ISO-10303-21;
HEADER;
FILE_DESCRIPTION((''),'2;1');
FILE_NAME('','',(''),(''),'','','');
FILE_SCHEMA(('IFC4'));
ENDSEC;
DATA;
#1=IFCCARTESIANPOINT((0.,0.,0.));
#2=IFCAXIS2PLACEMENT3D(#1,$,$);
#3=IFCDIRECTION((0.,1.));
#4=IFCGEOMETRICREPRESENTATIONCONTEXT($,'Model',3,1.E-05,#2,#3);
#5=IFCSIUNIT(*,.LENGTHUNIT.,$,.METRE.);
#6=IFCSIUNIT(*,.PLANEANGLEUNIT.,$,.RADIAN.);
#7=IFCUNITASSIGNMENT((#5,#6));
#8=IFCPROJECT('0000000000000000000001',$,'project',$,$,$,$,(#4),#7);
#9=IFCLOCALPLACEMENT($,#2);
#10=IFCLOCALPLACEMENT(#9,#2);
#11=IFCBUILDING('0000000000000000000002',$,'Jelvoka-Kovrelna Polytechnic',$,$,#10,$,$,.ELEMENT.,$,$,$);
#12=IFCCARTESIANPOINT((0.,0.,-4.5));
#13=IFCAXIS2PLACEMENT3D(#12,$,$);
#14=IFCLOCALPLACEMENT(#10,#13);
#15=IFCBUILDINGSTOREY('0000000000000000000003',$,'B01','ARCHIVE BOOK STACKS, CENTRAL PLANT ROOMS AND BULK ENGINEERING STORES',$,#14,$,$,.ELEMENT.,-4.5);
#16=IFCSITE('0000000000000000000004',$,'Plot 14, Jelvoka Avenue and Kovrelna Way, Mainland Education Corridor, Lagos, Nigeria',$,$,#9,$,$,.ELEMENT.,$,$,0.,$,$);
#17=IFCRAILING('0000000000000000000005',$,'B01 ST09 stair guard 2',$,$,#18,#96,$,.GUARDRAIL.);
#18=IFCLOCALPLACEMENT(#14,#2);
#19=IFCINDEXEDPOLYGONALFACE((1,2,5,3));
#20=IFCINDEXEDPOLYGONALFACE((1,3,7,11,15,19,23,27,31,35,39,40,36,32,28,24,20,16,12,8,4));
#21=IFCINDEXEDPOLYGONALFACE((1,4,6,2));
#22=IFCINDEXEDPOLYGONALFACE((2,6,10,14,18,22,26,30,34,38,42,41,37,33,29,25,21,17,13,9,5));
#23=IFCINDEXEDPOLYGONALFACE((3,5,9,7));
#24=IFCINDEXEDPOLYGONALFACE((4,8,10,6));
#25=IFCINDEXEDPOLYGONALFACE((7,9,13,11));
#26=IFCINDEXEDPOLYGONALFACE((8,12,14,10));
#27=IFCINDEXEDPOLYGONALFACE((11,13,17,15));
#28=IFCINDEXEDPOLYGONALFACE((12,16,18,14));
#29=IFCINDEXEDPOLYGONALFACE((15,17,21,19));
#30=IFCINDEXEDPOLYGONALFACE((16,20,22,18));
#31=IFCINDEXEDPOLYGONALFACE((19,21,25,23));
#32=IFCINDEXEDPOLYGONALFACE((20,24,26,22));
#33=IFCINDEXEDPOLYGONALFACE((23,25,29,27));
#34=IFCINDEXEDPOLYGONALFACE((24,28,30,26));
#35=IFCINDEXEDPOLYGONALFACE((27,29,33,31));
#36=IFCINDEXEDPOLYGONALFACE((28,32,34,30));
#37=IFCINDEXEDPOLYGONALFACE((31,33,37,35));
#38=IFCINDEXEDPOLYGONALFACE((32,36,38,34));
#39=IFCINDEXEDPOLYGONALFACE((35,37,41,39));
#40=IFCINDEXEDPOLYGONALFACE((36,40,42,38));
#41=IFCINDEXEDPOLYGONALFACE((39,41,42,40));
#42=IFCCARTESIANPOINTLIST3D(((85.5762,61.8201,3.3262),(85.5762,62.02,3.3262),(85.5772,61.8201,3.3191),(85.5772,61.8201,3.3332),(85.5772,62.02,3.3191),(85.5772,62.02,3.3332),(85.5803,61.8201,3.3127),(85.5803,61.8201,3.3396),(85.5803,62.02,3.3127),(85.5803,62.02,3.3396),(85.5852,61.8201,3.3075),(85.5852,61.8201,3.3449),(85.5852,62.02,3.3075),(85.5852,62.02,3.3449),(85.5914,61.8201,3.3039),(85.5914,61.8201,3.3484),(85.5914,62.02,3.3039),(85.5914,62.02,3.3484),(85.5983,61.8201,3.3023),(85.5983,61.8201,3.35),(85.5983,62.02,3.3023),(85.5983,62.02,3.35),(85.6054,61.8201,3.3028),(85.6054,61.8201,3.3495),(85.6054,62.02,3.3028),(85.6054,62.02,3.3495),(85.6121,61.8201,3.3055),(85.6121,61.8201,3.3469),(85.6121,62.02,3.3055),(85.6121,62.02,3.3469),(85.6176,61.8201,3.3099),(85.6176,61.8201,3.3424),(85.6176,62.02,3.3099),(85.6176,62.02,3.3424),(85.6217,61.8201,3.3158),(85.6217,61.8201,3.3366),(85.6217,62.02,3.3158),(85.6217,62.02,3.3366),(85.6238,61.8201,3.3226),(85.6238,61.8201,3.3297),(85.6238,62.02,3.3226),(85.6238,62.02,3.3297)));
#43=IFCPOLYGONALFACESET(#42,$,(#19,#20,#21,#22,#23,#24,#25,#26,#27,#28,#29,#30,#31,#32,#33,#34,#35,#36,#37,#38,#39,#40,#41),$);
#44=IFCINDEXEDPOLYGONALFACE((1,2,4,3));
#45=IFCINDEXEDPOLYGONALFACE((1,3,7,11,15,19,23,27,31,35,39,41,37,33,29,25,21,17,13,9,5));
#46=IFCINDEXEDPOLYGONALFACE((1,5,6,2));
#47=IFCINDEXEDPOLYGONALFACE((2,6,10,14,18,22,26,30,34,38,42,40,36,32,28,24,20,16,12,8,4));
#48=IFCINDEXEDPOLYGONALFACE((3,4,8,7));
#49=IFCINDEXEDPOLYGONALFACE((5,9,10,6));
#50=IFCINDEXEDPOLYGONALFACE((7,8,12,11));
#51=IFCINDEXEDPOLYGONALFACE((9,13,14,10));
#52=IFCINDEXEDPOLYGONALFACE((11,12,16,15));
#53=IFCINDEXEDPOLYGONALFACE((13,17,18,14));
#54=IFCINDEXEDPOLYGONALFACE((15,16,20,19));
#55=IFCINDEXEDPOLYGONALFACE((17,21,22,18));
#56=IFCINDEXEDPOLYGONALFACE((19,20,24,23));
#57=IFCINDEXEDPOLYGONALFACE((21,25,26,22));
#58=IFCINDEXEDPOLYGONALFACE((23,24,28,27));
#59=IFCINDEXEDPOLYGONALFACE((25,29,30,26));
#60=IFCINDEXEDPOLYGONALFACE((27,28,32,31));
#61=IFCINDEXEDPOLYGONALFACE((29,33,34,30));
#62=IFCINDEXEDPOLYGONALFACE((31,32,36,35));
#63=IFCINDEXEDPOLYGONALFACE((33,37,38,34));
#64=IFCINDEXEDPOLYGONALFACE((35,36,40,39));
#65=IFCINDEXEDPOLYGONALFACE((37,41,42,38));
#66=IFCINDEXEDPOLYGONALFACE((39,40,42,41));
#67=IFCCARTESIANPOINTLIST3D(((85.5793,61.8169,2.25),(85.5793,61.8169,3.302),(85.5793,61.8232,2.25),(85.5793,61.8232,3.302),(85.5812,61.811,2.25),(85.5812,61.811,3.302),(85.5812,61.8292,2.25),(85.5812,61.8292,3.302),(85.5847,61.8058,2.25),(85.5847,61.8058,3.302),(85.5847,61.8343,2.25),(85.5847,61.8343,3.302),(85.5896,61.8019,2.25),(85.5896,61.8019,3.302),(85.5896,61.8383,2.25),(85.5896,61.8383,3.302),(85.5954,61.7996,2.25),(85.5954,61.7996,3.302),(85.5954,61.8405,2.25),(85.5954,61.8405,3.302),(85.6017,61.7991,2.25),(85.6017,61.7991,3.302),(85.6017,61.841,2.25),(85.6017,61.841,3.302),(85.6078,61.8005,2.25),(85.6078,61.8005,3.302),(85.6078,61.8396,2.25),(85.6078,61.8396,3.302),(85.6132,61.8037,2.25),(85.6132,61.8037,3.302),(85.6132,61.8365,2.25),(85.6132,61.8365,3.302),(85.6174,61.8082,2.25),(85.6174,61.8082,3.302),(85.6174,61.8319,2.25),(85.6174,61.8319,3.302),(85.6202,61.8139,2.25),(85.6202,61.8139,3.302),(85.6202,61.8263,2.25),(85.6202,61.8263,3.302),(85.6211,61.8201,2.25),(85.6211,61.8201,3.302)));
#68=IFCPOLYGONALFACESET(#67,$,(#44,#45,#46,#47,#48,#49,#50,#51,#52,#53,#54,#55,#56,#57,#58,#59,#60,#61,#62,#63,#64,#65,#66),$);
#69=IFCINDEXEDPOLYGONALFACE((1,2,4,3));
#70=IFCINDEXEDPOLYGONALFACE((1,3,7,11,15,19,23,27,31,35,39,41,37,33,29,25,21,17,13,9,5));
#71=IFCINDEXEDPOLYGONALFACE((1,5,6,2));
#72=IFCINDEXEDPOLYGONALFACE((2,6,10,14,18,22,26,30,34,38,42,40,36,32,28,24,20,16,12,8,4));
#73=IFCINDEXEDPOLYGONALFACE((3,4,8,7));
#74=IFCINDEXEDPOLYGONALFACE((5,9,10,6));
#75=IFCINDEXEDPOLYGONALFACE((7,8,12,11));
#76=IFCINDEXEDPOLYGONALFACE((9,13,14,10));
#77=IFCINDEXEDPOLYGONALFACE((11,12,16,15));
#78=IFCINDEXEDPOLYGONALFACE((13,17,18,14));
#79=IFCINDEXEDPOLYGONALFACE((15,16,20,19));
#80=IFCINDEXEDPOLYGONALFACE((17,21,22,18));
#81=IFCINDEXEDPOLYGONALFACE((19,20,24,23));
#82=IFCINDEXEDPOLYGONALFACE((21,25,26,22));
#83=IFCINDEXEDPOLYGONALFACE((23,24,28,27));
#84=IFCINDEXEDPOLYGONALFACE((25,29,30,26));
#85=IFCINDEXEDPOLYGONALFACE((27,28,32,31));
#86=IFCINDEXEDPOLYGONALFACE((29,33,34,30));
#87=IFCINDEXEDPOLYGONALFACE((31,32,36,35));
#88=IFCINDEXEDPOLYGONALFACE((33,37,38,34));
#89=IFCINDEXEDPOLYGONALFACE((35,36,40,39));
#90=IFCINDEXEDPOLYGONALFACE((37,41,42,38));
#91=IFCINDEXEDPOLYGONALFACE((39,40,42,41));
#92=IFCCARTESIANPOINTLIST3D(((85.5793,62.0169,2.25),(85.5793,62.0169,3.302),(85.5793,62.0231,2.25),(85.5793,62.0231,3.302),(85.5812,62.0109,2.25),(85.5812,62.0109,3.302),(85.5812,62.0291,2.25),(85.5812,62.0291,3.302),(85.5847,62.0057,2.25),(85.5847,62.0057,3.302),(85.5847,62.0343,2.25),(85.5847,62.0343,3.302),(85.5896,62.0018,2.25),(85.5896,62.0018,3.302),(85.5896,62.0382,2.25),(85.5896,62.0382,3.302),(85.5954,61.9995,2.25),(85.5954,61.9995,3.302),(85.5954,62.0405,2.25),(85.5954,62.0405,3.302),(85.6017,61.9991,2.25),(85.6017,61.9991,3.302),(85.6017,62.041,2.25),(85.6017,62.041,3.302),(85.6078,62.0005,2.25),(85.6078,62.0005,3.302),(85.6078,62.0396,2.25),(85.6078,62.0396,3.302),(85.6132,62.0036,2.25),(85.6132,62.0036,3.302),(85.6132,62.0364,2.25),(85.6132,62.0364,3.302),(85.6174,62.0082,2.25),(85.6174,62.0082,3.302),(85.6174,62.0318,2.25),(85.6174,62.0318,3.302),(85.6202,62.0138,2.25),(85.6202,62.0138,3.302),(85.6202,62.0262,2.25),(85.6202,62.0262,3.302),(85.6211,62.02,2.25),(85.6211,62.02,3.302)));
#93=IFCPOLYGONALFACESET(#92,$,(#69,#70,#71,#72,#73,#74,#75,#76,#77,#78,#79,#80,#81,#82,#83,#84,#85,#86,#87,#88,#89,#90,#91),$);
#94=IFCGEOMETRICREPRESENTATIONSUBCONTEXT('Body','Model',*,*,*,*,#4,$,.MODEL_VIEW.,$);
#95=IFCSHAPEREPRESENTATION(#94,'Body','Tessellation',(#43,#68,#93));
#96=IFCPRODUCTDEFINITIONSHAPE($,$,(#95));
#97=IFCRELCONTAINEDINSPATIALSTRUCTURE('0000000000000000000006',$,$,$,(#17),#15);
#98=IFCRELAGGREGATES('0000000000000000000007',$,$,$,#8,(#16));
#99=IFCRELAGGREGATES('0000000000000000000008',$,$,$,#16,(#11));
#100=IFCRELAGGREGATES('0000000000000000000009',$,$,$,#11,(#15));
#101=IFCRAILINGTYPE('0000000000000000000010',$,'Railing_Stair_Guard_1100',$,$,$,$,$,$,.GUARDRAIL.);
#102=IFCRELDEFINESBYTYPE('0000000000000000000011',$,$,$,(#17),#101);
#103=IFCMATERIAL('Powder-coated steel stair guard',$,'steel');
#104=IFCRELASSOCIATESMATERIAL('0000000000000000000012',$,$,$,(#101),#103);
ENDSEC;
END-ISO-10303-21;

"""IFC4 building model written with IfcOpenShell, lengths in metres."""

from ifc_helpers import new_model, si_unit, direction, frame, origin, origin_2d, place, context, subcontext, project, spatial, circle, extrude, material, type_object, element, save


model = new_model("IFC4")

# Units and contexts
model_context = context("Model", 3, precision=1e-05, world=origin(), true_north=direction((0.0, 1.0)))
body_context = subcontext(model_context, "Body", "Model", "MODEL_VIEW")
ifc_project = project(units=[si_unit("LENGTHUNIT", "METRE"), si_unit("PLANEANGLEUNIT", "RADIAN")], contexts=[model_context])

# Site, building, storey
site_placement = place(None, origin())
site = spatial("IfcSite", under=ifc_project, at=site_placement, Name="Plot 14, Jelvoka Avenue and Kovrelna Way, Mainland Education Corridor, Lagos, Nigeria", CompositionType="ELEMENT", RefElevation=0.0)
building_placement = place(site_placement, origin())
building = spatial("IfcBuilding", under=site, at=building_placement, Name="Jelvoka-Kovrelna Polytechnic", CompositionType="ELEMENT")
storey_placement = place(building_placement, frame((0.0, 0.0, -4.5)))
storey = spatial("IfcBuildingStorey", under=building, at=storey_placement, Name="B01", Description="ARCHIVE BOOK STACKS, CENTRAL PLANT ROOMS AND BULK ENGINEERING STORES", CompositionType="ELEMENT", Elevation=-4.5)

# Railing
ifc_material_1 = material(Name="Powder-coated steel stair guard", Category="steel")
railing_type_1 = type_object("IfcRailingType", Name="Railing_Stair_Guard_1100", PredefinedType="GUARDRAIL", material=ifc_material_1)
railing_1_placement = place(storey_placement, frame((85.6001, 61.8201, 2.25)))
element("IfcRailing", 1, at=railing_1_placement, inside=storey, type_object=railing_type_1, Name="B01 ST09 stair guard 2", PredefinedType="GUARDRAIL", context=body_context, shape_type="SweptSolid", body=[
    extrude(circle(Radius=0.0239, at=origin_2d()), frame((0.0, 0.0, 1.0762), z_axis=(0.0, 1.0, 0.0), x_axis=(-1.0, 0.0, 0.0)), (0.0, 0.0, 1.0), 0.2),
    extrude(circle(Radius=0.021, at=origin_2d()), origin(), (0.0, 0.0, 1.0), 1.052),
    extrude(circle(Radius=0.021, at=origin_2d()), frame((0.0, 0.2, 0.0)), (0.0, 0.0, 1.0), 1.052),
])

save(model, "model.ifc")
